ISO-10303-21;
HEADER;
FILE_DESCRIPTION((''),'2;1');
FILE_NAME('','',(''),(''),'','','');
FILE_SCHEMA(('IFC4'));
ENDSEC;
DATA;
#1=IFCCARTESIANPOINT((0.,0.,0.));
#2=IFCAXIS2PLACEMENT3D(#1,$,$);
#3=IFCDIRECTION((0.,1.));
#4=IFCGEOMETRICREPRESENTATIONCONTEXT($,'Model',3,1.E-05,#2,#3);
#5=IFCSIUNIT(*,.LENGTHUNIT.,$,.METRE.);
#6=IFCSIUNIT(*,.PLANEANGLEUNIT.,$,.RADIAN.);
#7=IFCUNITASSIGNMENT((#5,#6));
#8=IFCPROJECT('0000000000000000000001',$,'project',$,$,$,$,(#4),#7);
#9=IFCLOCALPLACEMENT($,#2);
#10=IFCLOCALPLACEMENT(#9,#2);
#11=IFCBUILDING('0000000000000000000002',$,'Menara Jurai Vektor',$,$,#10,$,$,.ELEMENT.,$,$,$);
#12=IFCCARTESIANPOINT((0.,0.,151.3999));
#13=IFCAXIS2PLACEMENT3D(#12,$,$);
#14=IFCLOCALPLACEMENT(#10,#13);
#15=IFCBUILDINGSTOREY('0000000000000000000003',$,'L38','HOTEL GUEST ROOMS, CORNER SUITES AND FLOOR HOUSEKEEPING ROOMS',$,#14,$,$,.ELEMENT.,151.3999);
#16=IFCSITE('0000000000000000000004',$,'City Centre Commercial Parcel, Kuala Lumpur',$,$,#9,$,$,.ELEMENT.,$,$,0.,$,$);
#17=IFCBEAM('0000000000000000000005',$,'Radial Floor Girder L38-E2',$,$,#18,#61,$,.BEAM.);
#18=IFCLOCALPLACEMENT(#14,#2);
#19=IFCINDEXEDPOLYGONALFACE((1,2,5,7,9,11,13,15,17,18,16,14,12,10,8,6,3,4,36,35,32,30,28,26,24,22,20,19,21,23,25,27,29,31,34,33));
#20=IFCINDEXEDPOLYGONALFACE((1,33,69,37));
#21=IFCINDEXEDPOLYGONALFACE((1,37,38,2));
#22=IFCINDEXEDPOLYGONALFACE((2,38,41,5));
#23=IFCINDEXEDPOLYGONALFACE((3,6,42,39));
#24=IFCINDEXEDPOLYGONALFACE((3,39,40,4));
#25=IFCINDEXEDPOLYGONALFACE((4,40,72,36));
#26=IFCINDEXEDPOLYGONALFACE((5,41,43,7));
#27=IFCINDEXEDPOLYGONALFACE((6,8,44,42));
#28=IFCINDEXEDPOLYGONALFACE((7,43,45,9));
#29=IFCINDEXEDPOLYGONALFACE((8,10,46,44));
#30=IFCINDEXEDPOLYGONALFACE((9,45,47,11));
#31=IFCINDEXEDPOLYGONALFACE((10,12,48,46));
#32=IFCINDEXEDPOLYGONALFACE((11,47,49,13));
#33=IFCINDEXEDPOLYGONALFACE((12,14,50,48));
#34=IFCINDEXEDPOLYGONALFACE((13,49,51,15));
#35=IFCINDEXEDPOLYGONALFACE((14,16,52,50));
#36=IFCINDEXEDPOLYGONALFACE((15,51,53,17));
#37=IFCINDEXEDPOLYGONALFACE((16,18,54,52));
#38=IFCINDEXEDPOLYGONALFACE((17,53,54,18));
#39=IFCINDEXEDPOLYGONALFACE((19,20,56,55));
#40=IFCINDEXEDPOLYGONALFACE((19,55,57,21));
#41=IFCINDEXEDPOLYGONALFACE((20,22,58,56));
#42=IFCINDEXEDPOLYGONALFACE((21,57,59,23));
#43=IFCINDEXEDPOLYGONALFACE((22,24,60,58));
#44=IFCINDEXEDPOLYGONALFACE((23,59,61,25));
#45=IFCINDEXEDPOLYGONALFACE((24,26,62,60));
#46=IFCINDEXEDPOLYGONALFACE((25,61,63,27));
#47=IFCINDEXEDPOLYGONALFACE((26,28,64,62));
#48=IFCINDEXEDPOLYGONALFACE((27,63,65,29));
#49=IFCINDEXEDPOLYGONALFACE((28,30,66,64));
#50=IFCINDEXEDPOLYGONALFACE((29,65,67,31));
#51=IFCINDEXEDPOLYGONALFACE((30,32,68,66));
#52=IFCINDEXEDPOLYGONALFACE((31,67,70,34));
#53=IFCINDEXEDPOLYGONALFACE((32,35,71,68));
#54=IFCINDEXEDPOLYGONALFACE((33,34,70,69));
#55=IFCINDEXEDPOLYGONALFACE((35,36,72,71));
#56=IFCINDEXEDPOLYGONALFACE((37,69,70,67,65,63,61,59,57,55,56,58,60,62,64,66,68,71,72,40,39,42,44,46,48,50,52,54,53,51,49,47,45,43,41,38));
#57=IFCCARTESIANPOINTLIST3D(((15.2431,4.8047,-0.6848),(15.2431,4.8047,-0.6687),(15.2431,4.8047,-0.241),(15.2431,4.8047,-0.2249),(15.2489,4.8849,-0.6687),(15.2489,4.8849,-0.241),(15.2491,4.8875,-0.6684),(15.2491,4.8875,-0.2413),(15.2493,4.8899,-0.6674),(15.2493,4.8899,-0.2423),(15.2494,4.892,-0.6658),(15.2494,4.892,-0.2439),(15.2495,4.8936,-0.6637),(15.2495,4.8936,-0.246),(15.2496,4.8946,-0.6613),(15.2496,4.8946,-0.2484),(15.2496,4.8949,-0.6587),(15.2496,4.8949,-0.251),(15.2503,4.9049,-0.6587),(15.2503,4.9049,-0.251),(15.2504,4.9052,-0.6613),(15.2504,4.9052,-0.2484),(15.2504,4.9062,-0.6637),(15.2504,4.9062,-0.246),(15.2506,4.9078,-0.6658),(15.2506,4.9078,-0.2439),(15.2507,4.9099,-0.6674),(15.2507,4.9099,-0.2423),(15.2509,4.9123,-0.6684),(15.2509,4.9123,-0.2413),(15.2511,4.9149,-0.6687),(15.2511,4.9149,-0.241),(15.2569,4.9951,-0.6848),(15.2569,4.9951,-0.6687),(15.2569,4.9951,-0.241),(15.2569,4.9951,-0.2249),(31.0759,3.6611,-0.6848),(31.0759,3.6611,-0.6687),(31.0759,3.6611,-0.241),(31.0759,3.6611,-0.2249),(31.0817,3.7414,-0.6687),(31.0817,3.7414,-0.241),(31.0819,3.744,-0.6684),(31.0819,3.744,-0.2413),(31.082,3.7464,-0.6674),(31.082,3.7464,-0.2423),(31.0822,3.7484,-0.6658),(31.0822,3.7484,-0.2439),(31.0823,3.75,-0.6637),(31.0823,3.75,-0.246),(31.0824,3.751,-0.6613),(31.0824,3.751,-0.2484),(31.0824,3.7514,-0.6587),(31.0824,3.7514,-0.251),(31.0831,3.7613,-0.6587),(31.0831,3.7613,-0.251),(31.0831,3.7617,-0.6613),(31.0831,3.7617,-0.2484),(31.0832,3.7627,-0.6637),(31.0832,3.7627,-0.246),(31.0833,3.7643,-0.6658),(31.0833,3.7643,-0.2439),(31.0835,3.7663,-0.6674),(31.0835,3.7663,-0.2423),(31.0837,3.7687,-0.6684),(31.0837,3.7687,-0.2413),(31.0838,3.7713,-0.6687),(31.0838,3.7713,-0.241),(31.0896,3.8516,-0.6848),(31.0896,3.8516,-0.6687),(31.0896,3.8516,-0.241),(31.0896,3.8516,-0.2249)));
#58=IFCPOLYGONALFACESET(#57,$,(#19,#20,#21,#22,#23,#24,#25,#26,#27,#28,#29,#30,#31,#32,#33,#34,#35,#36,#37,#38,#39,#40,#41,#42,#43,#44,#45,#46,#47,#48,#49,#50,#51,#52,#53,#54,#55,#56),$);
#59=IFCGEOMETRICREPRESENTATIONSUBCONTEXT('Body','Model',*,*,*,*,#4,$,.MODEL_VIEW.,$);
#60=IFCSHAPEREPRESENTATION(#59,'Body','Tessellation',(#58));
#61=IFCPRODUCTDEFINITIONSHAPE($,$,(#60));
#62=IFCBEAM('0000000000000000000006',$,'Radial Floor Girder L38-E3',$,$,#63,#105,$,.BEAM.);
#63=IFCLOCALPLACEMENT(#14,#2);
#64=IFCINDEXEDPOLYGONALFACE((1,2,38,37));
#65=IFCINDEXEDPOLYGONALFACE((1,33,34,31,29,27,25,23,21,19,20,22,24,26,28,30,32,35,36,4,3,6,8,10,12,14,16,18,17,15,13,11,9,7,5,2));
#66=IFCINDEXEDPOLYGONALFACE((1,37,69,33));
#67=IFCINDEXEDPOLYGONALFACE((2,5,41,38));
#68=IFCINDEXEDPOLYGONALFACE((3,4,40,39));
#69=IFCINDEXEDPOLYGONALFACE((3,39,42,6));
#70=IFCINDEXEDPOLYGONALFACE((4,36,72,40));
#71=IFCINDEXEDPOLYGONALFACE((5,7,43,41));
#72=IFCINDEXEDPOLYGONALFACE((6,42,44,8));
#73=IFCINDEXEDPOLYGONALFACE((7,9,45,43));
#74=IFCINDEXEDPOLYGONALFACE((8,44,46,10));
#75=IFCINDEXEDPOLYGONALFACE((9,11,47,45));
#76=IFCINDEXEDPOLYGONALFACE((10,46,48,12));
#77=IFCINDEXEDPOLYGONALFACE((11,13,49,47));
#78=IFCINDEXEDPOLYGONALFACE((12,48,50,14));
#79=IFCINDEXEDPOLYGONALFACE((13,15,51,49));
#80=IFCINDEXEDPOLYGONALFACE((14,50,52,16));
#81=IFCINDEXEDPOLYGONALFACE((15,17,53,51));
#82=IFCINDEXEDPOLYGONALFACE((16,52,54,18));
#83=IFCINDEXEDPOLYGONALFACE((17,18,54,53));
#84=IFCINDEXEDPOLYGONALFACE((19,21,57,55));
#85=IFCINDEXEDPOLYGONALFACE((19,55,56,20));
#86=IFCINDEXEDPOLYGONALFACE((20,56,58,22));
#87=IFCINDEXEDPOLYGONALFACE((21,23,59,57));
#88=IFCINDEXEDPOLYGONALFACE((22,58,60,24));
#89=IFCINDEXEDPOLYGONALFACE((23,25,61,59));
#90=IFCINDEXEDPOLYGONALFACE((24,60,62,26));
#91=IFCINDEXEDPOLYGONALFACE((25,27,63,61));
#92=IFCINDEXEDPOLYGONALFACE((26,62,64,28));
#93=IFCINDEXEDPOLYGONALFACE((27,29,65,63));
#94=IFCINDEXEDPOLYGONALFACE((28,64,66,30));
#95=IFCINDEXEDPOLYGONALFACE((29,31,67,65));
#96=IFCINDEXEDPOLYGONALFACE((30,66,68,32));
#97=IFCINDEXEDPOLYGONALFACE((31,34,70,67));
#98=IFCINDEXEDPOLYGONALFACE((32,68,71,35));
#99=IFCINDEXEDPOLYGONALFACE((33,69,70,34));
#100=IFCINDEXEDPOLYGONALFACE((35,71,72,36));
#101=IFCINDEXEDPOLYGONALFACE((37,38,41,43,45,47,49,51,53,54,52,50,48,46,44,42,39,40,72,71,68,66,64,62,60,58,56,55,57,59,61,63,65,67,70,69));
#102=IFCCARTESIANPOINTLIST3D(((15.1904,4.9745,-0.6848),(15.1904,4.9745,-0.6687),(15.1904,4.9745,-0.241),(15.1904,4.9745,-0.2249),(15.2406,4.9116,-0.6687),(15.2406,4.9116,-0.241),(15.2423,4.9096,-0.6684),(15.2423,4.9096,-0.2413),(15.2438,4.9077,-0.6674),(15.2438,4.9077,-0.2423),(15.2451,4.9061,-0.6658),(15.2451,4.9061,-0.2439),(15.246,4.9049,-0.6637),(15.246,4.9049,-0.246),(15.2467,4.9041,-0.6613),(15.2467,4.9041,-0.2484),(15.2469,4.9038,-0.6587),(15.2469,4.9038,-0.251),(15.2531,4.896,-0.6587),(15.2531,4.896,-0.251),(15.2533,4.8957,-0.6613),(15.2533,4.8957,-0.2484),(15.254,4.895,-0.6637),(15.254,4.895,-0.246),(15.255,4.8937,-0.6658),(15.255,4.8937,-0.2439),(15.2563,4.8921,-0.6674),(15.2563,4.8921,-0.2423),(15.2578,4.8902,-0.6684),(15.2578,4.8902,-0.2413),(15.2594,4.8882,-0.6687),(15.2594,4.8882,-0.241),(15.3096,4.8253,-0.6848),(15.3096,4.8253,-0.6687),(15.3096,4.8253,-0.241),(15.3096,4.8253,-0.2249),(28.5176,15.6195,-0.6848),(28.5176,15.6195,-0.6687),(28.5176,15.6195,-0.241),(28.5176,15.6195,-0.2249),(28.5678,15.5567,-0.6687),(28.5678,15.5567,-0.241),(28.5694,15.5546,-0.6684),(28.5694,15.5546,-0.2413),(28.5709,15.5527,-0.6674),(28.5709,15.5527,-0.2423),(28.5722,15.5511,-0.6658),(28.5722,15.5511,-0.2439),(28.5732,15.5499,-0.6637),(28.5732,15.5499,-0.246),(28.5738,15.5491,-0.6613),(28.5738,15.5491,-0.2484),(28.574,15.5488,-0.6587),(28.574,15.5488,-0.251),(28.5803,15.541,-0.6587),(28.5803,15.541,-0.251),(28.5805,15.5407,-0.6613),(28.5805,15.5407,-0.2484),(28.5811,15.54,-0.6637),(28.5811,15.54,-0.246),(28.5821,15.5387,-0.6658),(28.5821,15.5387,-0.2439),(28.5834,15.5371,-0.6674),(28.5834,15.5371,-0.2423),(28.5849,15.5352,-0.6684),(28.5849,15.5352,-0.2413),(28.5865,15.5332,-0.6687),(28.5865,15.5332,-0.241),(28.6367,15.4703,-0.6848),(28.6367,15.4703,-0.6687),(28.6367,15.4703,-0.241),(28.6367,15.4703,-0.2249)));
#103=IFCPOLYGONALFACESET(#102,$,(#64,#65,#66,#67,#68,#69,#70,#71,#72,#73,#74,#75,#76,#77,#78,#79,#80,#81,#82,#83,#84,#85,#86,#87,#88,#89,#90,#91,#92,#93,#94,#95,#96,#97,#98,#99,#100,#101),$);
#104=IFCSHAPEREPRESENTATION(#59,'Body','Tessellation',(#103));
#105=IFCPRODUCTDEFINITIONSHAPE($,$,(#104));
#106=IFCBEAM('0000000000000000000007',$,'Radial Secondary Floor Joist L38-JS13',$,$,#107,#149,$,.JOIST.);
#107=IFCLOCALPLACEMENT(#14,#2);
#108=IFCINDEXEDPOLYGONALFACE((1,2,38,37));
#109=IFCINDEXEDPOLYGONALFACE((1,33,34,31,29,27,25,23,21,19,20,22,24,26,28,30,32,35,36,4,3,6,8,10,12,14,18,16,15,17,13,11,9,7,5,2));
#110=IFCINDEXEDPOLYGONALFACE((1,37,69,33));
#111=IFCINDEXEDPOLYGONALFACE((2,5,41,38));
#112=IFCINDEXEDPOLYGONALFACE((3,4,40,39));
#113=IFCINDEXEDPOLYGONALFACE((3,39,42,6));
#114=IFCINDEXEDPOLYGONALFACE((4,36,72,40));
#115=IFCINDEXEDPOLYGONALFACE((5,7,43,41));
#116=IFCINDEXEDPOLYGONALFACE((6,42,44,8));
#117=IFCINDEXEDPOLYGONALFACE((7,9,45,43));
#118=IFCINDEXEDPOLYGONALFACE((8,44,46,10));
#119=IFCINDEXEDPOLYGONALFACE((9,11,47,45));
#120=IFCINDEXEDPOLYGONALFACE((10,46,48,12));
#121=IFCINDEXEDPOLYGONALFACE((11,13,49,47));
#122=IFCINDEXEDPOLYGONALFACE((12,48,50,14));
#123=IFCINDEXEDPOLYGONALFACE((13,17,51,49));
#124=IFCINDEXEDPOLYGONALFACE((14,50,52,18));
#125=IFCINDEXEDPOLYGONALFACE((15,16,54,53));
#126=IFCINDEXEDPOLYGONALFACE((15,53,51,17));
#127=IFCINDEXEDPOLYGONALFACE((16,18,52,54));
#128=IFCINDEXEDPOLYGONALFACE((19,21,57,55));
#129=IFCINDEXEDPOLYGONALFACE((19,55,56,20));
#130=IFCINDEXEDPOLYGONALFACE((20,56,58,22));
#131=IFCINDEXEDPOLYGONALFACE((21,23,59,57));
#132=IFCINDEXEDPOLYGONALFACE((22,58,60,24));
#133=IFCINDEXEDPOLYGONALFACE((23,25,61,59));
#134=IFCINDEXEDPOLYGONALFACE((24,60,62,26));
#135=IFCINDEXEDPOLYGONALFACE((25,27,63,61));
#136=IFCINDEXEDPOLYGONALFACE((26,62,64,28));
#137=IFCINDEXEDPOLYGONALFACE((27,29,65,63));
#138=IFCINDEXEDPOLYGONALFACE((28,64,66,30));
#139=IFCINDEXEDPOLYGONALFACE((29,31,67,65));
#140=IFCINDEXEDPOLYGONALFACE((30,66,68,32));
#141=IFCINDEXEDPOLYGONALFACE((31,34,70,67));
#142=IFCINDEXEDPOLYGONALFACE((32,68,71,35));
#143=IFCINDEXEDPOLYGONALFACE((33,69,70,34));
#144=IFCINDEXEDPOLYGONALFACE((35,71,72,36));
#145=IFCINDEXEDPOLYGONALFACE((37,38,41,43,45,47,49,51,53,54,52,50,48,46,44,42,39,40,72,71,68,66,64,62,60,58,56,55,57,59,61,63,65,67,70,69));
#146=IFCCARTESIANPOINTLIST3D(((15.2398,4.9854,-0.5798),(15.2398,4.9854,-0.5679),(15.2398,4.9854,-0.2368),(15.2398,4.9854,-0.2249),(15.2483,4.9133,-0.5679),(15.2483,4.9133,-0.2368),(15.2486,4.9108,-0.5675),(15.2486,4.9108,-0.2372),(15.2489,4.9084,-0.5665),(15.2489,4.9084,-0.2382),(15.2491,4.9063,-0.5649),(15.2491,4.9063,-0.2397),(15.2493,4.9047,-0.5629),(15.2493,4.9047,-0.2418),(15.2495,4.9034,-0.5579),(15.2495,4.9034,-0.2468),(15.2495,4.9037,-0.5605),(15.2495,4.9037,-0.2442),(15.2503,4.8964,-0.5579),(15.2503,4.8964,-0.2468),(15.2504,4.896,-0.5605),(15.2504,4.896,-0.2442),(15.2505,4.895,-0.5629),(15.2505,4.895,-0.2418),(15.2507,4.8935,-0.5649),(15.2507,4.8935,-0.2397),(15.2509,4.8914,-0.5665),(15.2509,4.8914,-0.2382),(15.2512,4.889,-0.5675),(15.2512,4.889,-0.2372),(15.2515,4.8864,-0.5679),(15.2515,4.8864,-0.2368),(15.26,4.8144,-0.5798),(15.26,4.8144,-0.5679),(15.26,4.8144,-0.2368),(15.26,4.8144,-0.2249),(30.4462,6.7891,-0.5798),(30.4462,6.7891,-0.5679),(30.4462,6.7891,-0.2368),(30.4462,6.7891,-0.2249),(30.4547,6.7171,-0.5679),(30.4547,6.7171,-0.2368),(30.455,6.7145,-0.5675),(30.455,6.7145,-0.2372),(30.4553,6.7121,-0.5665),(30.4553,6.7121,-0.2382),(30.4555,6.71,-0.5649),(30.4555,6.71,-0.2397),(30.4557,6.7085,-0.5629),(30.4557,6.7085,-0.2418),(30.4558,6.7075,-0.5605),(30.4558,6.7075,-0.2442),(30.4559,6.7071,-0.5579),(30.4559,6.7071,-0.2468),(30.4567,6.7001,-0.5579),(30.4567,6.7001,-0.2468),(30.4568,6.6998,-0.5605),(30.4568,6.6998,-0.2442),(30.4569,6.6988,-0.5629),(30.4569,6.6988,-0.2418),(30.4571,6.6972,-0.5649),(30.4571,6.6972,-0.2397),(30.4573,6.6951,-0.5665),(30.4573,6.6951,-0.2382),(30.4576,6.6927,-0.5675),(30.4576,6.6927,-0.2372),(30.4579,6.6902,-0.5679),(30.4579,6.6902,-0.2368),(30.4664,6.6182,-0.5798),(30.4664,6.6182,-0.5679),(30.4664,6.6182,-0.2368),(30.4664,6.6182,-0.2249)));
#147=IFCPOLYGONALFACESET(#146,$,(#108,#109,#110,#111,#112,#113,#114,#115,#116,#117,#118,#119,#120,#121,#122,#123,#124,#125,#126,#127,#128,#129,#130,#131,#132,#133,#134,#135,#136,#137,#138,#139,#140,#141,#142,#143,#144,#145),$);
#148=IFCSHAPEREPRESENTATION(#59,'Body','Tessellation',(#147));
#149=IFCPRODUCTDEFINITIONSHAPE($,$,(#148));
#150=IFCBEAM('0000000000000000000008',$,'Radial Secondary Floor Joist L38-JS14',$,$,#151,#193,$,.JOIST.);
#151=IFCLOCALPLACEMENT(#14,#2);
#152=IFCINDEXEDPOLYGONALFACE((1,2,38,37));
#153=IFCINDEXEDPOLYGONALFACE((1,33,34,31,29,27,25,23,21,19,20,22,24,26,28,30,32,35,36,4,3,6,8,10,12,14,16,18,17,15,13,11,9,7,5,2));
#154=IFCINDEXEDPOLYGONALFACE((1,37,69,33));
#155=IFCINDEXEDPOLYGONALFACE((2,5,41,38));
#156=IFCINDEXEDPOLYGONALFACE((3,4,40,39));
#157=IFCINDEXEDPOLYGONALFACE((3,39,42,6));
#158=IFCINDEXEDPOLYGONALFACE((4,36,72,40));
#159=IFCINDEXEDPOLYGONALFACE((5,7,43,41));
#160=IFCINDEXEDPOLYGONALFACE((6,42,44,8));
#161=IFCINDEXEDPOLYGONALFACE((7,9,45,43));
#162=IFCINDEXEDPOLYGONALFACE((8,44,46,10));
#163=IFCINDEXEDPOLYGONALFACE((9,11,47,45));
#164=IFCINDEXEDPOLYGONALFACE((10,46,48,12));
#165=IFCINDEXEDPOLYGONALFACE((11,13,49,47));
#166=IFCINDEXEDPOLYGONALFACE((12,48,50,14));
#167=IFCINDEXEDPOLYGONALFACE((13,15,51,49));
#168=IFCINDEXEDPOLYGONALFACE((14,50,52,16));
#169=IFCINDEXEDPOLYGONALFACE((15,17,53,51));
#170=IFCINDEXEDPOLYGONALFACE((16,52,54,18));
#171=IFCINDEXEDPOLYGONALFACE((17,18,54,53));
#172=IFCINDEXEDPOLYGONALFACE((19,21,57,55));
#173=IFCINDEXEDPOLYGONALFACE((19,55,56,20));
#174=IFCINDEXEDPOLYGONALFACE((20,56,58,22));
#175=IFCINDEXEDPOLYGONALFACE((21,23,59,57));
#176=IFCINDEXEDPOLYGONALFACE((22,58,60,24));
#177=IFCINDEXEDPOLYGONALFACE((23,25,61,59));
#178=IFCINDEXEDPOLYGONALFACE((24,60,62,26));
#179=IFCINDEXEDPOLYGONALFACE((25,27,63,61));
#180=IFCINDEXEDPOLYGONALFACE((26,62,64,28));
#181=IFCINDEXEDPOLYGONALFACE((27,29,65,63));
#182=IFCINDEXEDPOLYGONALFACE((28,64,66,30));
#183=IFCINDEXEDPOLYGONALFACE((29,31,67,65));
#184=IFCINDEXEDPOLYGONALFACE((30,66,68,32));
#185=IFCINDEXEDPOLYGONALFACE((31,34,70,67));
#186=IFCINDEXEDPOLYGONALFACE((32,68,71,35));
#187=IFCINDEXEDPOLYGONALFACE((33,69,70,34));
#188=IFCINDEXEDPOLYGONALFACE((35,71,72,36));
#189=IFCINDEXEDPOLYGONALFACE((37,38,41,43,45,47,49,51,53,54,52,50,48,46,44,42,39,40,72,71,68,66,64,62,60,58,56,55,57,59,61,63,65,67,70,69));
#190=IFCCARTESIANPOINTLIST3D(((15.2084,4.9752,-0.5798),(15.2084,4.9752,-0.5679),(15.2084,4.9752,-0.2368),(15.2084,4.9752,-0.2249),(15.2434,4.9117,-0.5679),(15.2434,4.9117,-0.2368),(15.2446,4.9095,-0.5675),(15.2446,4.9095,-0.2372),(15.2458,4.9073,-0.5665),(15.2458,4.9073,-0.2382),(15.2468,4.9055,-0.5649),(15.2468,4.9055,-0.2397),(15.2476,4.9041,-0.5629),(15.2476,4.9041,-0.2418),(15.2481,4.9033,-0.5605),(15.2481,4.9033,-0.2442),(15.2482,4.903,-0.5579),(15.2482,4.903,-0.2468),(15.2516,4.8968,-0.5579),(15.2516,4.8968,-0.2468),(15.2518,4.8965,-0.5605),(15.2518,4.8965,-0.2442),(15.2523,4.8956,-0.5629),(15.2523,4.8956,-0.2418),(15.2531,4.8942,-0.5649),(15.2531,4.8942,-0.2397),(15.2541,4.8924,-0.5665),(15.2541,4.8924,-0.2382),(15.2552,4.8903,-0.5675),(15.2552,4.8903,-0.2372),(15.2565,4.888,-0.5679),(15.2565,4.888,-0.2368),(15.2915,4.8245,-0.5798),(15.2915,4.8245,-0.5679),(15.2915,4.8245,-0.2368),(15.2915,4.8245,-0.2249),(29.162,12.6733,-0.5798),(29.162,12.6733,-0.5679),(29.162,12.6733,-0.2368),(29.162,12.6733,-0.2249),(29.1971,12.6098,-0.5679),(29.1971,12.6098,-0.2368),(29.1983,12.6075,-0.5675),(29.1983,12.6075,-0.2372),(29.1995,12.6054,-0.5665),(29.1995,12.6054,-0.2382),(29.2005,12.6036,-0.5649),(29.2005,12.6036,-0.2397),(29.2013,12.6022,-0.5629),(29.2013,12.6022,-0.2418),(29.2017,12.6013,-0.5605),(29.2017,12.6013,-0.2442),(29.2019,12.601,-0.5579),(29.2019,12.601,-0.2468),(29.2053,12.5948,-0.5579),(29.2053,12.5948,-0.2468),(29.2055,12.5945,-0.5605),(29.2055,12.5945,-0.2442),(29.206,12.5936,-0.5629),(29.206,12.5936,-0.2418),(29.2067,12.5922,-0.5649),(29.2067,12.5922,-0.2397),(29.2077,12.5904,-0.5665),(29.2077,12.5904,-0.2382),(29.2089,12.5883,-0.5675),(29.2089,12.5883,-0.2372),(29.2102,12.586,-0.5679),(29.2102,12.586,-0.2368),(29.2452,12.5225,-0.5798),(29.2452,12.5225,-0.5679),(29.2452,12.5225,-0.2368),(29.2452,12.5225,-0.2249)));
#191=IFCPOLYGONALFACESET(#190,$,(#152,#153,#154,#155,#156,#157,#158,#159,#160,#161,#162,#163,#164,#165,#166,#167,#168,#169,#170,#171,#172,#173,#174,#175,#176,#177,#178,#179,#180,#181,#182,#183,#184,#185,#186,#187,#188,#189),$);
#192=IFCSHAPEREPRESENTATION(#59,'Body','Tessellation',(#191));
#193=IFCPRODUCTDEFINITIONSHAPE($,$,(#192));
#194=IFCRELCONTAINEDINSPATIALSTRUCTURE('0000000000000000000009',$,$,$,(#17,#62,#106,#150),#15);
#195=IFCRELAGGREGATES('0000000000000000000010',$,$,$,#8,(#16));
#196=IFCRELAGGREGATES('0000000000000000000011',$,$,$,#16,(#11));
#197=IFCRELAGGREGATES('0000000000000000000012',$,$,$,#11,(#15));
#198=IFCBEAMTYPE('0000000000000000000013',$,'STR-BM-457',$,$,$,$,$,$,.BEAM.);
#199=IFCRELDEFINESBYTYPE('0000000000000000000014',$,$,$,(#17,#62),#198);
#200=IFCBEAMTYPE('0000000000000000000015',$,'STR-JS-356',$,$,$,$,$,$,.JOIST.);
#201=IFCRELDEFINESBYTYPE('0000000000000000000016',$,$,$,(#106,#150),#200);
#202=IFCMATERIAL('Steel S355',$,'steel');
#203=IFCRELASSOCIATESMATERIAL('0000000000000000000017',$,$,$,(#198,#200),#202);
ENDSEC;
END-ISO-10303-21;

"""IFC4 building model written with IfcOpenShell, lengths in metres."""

from ifc_helpers import new_model, si_unit, direction, frame, origin, origin_2d, place, context, subcontext, project, spatial, i_section, extrude, material, material_profile, profile_set, type_object, element, save


model = new_model("IFC4")

# Units and contexts
model_context = context("Model", 3, precision=1e-05, world=origin(), true_north=direction((0.0, 1.0)))
body_context = subcontext(model_context, "Body", "Model", "MODEL_VIEW")
ifc_project = project(units=[si_unit("LENGTHUNIT", "METRE"), si_unit("PLANEANGLEUNIT", "RADIAN")], contexts=[model_context])

# Site, building, storey
site_placement = place(None, origin())
site = spatial("IfcSite", under=ifc_project, at=site_placement, Name="City Centre Commercial Parcel, Kuala Lumpur", CompositionType="ELEMENT", RefElevation=0.0)
building_placement = place(site_placement, origin())
building = spatial("IfcBuilding", under=site, at=building_placement, Name="Menara Jurai Vektor", CompositionType="ELEMENT")
storey_placement = place(building_placement, frame((0.0, 0.0, 151.3999)))
storey = spatial("IfcBuildingStorey", under=building, at=storey_placement, Name="L38", Description="HOTEL GUEST ROOMS, CORNER SUITES AND FLOOR HOUSEKEEPING ROOMS", CompositionType="ELEMENT", Elevation=151.3999)

# Beams
ifc_material_1 = material(Name="Steel S355", Category="steel")
ifc_material_profile_1 = material_profile(ifc_material_1, i_section(OverallWidth=0.1909, OverallDepth=0.46, WebThickness=0.01, FlangeThickness=0.0161, FilletRadius=0.01, at=origin_2d()), Name="UKB 457x191x82")
ifc_profile_set_1 = profile_set([ifc_material_profile_1], Name="Steel S355")
beam_type_1 = type_object("IfcBeamType", Name="STR-BM-457", PredefinedType="BEAM", material=ifc_profile_set_1)
beam_1_placement = place(storey_placement, frame((31.0828, 3.7563, -0.4548), z_axis=(-0.997402, 0.072039, 0.0), x_axis=(-0.072039, -0.997402, 0.0)))
element("IfcBeam", 1, at=beam_1_placement, inside=storey, type_object=beam_type_1, Name="Radial Floor Girder L38-E2", PredefinedType="BEAM", context=body_context, shape_type="SweptSolid", body=[
    extrude(i_section(OverallWidth=0.1909, OverallDepth=0.46, WebThickness=0.01, FlangeThickness=0.0161, FilletRadius=0.01, at=origin_2d()), origin(), (0.0, 0.0, 1.0), 15.874),
])
beam_2_placement = place(storey_placement, frame((28.5771, 15.5449, -0.4548), z_axis=(-0.781346, -0.624098, 0.0), x_axis=(0.624098, -0.781346, 0.0)))
element("IfcBeam", 2, at=beam_2_placement, inside=storey, type_object=beam_type_1, Name="Radial Floor Girder L38-E3", PredefinedType="BEAM", context=body_context, shape_type="SweptSolid", body=[
    extrude(i_section(OverallWidth=0.1909, OverallDepth=0.46, WebThickness=0.01, FlangeThickness=0.0161, FilletRadius=0.01, at=origin_2d()), origin(), (0.0, 0.0, 1.0), 17.0566),
])
ifc_material_profile_2 = material_profile(ifc_material_1, i_section(OverallWidth=0.1721, OverallDepth=0.355, WebThickness=0.0071, FlangeThickness=0.012, FilletRadius=0.01, at=origin_2d()), Name="UKB 356x171x51")
ifc_profile_set_2 = profile_set([ifc_material_profile_2], Name="Steel S355")
beam_type_2 = type_object("IfcBeamType", Name="STR-JS-356", PredefinedType="JOIST", material=ifc_profile_set_2)
beam_3_placement = place(storey_placement, frame((30.4563, 6.7036, -0.4023), z_axis=(-0.993038, -0.11779, 0.0), x_axis=(0.11779, -0.993038, 0.0)))
element("IfcBeam", 3, at=beam_3_placement, inside=storey, type_object=beam_type_2, Name="Radial Secondary Floor Joist L38-JS13", PredefinedType="JOIST", context=body_context, shape_type="SweptSolid", body=[
    extrude(i_section(OverallWidth=0.1721, OverallDepth=0.355, WebThickness=0.0071, FlangeThickness=0.012, FilletRadius=0.01, at=origin_2d()), origin(), (0.0, 0.0, 1.0), 15.313),
])
beam_4_placement = place(storey_placement, frame((29.2036, 12.5979, -0.4023), z_axis=(-0.875592, -0.483051, 0.0), x_axis=(0.483051, -0.875592, 0.0)))
element("IfcBeam", 4, at=beam_4_placement, inside=storey, type_object=beam_type_2, Name="Radial Secondary Floor Joist L38-JS14", PredefinedType="JOIST", context=body_context, shape_type="SweptSolid", body=[
    extrude(i_section(OverallWidth=0.1721, OverallDepth=0.355, WebThickness=0.0071, FlangeThickness=0.012, FilletRadius=0.01, at=origin_2d()), origin(), (0.0, 0.0, 1.0), 15.9363),
])

save(model, "model.ifc")
